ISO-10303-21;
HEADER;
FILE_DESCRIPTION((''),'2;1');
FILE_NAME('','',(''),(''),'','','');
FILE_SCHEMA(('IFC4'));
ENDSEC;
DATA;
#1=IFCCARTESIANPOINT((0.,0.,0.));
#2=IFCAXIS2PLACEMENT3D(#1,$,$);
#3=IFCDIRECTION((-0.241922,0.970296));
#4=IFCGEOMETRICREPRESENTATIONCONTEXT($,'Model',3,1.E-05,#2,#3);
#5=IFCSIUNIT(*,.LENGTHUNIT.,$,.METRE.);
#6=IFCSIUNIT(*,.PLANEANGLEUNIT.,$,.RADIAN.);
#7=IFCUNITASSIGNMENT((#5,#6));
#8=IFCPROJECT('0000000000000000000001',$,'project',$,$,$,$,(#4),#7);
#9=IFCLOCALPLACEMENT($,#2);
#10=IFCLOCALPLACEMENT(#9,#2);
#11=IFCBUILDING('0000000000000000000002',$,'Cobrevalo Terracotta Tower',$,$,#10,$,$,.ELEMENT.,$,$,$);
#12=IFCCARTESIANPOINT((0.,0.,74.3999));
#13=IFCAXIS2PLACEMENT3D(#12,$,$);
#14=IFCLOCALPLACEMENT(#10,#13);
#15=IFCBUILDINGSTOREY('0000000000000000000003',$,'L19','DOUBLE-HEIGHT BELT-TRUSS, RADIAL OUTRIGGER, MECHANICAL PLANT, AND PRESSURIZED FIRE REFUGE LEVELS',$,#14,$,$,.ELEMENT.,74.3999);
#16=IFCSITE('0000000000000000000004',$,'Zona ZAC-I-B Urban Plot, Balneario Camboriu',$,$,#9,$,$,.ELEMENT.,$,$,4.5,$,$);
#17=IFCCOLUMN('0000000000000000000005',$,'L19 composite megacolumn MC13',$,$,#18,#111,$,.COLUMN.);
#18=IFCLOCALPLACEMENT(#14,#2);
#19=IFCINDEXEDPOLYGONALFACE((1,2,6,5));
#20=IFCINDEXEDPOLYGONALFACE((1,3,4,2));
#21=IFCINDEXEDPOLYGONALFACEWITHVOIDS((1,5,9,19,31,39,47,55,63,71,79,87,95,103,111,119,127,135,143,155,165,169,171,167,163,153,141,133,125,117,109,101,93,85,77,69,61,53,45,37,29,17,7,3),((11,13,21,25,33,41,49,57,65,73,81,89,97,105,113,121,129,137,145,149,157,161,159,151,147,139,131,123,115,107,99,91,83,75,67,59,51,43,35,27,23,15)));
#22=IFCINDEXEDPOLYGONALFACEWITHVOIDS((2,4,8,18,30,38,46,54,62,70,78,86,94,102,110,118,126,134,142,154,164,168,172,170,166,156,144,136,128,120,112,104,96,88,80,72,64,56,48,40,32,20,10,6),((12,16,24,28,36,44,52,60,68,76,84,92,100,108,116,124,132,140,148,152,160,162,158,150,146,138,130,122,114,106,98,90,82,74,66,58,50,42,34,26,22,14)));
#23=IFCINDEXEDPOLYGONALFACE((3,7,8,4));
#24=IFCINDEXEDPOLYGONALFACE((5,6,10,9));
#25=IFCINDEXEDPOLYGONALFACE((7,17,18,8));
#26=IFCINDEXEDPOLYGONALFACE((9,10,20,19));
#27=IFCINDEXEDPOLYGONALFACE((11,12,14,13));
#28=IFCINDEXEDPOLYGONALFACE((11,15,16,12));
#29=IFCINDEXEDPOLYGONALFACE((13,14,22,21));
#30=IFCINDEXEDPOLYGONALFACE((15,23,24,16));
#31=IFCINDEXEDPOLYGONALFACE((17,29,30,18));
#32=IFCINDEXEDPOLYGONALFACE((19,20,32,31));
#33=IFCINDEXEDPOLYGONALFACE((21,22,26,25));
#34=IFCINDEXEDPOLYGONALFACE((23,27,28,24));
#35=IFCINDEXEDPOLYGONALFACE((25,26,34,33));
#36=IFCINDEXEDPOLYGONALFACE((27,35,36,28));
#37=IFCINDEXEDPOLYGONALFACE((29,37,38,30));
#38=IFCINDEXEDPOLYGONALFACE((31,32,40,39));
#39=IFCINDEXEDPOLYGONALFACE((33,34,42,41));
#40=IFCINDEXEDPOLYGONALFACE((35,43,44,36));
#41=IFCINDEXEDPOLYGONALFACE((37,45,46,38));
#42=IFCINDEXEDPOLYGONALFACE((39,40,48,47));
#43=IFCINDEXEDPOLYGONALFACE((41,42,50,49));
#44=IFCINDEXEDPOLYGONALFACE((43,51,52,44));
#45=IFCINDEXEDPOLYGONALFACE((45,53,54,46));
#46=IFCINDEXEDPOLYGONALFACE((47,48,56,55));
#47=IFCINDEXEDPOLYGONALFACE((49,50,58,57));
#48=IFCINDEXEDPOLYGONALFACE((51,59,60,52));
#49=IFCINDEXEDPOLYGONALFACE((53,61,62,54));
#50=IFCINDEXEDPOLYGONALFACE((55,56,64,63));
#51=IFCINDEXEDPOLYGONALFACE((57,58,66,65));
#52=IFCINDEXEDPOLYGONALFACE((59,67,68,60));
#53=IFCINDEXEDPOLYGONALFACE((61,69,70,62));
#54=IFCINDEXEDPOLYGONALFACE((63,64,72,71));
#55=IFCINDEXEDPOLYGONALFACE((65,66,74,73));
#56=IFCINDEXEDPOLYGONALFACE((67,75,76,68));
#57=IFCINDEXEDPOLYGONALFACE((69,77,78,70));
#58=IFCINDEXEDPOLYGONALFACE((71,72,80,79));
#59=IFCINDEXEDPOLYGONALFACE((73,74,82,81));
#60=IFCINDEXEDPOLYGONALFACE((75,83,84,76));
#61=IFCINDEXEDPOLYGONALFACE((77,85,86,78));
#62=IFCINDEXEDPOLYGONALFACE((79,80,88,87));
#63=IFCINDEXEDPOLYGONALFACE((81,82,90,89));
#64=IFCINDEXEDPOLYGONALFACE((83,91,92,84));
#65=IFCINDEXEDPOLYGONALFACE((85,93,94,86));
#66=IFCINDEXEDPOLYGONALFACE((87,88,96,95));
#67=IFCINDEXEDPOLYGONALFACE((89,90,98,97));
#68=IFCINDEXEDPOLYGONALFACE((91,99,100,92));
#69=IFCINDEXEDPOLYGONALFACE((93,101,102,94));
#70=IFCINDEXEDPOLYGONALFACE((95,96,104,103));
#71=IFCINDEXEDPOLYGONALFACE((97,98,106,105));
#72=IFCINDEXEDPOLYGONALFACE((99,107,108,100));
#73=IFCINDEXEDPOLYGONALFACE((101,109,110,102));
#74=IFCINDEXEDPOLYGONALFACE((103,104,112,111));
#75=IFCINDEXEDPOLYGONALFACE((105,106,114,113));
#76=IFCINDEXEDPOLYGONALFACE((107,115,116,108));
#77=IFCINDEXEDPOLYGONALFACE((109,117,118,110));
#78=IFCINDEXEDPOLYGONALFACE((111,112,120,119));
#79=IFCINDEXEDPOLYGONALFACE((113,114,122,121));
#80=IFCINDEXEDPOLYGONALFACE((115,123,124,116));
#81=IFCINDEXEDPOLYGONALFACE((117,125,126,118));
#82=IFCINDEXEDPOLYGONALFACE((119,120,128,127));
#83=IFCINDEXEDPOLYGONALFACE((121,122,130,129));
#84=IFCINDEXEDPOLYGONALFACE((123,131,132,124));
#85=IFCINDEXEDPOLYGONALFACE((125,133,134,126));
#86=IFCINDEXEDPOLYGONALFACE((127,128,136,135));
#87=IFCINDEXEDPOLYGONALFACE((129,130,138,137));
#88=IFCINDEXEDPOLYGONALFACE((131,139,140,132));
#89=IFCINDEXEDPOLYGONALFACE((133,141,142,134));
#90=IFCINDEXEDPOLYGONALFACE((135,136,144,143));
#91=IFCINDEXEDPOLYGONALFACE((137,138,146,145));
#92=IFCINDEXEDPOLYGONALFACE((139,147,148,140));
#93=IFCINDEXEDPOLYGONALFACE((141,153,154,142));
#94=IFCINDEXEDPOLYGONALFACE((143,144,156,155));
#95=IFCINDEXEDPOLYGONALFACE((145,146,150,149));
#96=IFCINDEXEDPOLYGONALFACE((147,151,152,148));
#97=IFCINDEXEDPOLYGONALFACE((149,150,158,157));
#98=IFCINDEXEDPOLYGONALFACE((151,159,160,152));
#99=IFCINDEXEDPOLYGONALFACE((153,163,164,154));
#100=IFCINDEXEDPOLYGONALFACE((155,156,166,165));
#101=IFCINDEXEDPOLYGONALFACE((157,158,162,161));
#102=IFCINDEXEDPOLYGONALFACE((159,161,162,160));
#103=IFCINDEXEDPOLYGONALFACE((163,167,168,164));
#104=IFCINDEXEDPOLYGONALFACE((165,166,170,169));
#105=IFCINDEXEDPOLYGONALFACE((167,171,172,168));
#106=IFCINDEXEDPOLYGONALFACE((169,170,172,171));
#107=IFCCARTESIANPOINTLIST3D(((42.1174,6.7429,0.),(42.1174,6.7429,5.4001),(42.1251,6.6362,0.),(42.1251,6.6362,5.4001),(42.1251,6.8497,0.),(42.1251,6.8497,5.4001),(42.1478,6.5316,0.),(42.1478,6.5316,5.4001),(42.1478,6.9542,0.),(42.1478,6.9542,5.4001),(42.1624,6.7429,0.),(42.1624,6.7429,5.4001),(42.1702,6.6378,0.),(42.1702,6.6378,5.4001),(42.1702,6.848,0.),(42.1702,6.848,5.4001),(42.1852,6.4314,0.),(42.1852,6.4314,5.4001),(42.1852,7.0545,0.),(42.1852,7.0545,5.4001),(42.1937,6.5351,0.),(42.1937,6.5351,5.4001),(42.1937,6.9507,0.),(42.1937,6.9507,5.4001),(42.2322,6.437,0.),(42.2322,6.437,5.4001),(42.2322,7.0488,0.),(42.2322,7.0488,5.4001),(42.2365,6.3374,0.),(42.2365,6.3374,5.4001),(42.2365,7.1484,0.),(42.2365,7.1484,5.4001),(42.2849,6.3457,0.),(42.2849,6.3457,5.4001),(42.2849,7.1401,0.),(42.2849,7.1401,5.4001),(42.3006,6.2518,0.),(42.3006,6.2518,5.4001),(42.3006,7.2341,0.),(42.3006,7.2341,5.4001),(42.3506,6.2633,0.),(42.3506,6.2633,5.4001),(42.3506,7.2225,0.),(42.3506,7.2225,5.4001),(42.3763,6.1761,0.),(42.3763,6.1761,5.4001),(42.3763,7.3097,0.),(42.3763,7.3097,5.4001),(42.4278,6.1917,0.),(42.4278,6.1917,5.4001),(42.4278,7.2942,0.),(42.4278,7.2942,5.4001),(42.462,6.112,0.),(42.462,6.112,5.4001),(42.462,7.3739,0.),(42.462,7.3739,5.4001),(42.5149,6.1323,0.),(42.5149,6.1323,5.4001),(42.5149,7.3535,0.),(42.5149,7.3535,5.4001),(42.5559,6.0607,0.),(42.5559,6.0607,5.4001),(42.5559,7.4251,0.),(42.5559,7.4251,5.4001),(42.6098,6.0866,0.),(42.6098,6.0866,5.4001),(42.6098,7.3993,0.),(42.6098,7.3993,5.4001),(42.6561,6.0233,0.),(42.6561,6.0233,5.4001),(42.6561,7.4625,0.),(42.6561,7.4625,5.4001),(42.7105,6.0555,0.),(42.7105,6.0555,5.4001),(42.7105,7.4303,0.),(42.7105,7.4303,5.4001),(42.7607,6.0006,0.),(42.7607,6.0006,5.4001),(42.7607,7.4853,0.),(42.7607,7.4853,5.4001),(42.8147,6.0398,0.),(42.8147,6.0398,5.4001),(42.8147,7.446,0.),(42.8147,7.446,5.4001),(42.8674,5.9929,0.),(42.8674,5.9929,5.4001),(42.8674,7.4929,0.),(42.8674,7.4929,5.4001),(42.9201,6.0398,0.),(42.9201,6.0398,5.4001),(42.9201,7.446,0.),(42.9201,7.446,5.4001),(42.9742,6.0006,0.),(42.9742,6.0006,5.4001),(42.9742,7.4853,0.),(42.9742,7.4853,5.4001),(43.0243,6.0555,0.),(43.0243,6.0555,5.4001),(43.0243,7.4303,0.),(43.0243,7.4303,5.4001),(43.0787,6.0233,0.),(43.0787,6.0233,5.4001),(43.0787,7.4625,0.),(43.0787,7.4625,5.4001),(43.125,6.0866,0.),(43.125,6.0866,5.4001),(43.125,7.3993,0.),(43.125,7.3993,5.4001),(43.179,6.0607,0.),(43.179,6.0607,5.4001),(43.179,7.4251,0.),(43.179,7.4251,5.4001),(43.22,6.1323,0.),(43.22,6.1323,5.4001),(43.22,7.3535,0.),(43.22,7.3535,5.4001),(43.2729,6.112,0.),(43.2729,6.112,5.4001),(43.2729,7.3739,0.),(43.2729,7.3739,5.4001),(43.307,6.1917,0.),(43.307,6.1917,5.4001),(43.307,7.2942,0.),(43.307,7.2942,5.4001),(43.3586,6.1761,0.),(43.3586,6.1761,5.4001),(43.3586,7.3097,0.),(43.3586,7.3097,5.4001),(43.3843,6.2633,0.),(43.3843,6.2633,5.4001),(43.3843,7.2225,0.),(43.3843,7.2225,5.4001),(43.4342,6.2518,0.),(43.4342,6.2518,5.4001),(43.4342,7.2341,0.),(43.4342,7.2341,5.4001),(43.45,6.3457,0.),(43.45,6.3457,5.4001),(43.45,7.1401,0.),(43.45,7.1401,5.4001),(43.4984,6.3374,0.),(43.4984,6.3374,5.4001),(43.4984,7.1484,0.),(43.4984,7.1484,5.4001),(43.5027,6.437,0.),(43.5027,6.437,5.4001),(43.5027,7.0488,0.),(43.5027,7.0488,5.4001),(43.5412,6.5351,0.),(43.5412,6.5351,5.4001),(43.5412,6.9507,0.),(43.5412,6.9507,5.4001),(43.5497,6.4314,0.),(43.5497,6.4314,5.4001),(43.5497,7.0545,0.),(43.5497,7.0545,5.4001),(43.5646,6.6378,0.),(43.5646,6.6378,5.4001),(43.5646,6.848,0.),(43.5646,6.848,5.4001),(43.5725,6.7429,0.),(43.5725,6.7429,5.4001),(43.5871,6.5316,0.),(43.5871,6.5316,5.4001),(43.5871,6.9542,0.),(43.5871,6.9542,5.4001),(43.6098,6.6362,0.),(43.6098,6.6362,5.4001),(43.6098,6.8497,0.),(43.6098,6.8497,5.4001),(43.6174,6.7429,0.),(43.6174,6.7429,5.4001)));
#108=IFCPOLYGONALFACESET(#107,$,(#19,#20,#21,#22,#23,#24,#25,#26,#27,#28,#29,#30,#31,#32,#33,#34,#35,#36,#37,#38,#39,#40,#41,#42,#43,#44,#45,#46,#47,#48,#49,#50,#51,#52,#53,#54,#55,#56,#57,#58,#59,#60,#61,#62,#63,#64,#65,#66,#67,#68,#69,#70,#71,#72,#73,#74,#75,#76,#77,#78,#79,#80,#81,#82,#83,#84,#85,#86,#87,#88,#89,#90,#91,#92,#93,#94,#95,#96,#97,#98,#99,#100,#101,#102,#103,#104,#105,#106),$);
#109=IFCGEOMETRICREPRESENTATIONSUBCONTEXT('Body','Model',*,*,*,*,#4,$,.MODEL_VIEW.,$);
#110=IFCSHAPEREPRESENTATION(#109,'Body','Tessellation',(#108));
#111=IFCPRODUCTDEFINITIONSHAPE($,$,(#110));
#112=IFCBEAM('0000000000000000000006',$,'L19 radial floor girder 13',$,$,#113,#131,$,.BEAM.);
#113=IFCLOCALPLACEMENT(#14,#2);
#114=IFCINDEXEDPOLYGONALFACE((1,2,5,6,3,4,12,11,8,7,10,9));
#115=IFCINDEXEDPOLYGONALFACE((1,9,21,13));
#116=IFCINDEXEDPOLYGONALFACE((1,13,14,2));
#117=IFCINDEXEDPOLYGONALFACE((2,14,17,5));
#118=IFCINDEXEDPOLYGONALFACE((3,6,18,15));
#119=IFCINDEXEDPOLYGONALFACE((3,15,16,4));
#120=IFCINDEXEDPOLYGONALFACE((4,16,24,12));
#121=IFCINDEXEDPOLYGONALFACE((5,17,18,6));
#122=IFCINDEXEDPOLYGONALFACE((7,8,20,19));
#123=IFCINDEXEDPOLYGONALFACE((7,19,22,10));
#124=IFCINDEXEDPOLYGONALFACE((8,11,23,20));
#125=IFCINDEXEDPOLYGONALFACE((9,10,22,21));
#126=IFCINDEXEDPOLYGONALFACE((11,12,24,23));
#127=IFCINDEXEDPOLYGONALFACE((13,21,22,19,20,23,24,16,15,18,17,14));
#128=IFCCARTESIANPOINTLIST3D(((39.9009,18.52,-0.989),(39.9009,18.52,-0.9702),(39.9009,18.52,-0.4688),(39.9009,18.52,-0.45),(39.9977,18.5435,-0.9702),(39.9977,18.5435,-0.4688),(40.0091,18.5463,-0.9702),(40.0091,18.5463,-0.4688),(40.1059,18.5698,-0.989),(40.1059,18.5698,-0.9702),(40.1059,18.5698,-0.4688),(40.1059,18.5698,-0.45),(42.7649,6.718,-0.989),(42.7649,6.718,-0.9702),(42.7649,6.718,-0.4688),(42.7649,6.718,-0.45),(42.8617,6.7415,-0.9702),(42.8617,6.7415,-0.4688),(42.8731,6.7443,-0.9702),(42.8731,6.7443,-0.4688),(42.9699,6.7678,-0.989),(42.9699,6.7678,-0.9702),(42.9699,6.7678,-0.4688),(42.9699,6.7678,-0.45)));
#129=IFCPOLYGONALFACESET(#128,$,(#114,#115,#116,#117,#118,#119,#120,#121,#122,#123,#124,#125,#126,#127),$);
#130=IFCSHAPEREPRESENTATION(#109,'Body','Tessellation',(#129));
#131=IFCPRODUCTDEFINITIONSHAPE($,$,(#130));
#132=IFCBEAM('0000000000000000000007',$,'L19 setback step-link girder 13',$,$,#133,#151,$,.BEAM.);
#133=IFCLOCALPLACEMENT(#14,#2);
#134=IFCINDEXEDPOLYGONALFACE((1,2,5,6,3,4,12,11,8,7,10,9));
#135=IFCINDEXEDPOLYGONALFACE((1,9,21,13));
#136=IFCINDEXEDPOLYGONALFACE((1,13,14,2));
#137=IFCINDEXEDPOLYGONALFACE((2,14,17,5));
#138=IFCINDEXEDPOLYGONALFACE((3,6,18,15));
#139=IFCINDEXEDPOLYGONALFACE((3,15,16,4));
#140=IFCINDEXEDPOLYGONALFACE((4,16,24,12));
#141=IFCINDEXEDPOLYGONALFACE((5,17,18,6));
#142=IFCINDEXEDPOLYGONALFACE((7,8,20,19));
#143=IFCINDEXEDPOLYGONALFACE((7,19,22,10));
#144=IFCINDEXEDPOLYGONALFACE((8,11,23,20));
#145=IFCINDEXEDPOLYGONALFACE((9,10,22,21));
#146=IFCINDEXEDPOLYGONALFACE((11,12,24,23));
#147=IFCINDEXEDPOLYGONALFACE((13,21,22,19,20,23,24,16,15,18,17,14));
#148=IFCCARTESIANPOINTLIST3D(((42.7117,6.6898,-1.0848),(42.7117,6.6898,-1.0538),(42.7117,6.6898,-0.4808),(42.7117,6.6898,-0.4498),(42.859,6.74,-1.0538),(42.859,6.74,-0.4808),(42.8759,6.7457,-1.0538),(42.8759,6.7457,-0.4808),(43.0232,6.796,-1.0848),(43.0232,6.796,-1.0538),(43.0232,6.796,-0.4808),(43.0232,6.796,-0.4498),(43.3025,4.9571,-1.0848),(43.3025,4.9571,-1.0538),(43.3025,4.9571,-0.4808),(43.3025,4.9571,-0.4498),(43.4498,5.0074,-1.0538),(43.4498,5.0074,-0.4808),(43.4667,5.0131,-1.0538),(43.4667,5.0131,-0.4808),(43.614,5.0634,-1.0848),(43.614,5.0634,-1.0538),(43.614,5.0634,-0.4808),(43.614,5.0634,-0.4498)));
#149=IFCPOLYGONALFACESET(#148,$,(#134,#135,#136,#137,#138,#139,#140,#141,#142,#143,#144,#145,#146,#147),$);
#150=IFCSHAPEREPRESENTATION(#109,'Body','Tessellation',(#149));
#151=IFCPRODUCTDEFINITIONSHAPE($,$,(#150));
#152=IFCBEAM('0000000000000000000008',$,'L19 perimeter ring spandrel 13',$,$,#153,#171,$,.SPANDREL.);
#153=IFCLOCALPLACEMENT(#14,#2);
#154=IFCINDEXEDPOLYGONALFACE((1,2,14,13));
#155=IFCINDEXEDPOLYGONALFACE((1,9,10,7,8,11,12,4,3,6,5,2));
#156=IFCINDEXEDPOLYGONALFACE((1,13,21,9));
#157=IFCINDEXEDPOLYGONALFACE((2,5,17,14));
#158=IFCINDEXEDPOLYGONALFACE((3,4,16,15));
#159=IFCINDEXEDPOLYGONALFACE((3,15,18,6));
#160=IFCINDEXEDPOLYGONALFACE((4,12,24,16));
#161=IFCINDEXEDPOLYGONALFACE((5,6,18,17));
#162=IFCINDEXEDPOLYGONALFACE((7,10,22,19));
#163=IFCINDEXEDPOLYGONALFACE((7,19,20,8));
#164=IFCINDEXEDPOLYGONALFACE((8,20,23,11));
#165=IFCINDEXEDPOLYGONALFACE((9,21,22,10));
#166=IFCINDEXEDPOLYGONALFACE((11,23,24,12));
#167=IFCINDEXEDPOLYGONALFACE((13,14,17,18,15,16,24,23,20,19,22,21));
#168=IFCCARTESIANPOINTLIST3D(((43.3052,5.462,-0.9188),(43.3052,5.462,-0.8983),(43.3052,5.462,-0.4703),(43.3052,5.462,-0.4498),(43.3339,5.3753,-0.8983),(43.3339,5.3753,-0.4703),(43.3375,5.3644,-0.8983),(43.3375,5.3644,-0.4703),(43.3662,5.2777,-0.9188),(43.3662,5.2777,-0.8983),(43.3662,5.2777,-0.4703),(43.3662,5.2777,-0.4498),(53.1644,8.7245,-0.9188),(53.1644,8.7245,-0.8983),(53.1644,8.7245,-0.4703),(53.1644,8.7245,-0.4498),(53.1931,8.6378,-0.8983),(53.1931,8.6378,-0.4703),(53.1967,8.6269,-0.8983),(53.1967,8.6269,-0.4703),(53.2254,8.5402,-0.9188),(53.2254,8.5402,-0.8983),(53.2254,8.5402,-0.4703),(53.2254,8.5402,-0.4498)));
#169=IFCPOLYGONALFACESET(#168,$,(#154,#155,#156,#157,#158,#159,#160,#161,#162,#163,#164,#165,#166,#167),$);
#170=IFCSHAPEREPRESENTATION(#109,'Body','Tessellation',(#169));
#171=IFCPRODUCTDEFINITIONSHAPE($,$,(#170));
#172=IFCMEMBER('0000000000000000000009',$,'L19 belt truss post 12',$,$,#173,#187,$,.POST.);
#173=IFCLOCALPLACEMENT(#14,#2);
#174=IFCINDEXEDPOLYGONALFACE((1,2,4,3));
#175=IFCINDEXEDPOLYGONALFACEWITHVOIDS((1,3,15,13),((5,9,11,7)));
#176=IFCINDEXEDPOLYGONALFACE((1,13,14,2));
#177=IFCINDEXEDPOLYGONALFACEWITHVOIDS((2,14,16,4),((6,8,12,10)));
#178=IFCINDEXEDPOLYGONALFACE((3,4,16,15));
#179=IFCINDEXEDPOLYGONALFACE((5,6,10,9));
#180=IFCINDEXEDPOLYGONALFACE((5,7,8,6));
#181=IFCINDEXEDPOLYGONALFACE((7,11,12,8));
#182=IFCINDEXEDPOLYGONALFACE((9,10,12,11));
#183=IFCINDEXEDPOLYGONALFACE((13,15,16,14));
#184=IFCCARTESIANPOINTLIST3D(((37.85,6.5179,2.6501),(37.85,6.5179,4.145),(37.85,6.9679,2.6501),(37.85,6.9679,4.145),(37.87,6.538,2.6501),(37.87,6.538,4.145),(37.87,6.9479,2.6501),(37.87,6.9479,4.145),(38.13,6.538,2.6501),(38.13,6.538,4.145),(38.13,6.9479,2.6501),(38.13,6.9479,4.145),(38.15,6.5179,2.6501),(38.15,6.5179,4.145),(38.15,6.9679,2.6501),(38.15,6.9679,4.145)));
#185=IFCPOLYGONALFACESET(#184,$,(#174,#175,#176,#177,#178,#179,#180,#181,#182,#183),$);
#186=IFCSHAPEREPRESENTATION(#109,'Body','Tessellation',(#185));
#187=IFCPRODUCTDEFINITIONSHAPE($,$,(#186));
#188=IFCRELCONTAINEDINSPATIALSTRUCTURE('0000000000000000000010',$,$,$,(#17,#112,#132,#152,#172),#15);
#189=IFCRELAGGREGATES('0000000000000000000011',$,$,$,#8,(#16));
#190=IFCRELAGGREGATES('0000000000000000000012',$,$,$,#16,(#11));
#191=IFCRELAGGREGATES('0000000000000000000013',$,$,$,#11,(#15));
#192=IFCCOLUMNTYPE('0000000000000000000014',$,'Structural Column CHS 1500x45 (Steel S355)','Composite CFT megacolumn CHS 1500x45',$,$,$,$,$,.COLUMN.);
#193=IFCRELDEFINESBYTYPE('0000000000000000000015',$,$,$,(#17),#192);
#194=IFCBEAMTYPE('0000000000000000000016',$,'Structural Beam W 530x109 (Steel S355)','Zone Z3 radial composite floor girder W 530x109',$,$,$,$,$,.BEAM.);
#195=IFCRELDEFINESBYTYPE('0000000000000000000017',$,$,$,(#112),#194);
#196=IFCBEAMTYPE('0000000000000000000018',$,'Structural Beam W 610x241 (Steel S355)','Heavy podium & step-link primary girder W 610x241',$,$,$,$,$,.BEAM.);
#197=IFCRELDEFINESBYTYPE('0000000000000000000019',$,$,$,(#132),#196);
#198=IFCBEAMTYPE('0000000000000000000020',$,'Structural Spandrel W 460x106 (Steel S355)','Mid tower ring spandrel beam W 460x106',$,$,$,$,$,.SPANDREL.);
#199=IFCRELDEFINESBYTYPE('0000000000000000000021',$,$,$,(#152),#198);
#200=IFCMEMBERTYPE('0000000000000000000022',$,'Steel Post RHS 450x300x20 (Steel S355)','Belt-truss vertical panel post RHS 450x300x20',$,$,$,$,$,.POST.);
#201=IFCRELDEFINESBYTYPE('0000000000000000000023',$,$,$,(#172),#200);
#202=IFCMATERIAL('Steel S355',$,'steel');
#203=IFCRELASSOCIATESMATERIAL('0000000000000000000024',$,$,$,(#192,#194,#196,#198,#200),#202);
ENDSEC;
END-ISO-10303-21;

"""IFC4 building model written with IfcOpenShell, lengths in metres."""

from ifc_helpers import new_model, si_unit, direction, frame, origin, origin_2d, place, context, subcontext, project, spatial, hollow_rectangle, hollow_circle, i_section, extrude, source, transform, mapped, material, material_profile, profile_set, type_object, element, save


model = new_model("IFC4")

# Units and contexts
model_context = context("Model", 3, precision=1e-05, world=origin(), true_north=direction((-0.241922, 0.970296)))
body_context = subcontext(model_context, "Body", "Model", "MODEL_VIEW")
ifc_project = project(units=[si_unit("LENGTHUNIT", "METRE"), si_unit("PLANEANGLEUNIT", "RADIAN")], contexts=[model_context])

# Site, building, storey
site_placement = place(None, origin())
site = spatial("IfcSite", under=ifc_project, at=site_placement, Name="Zona ZAC-I-B Urban Plot, Balneario Camboriu", CompositionType="ELEMENT", RefElevation=4.5)
building_placement = place(site_placement, origin())
building = spatial("IfcBuilding", under=site, at=building_placement, Name="Cobrevalo Terracotta Tower", CompositionType="ELEMENT")
storey_placement = place(building_placement, frame((0.0, 0.0, 74.3999)))
storey = spatial("IfcBuildingStorey", under=building, at=storey_placement, Name="L19", Description="DOUBLE-HEIGHT BELT-TRUSS, RADIAL OUTRIGGER, MECHANICAL PLANT, AND PRESSURIZED FIRE REFUGE LEVELS", CompositionType="ELEMENT", Elevation=74.3999)

# Column
ifc_material_1 = material(Name="Steel S355", Category="steel")
ifc_material_profile_1 = material_profile(ifc_material_1, hollow_circle(Radius=0.75, WallThickness=0.0449, at=origin_2d()), Name="CHS 1500x45")
ifc_profile_set_1 = profile_set([ifc_material_profile_1], Name="Steel S355")
column_type = type_object("IfcColumnType", Name="Structural Column CHS 1500x45 (Steel S355)", Description="Composite CFT megacolumn CHS 1500x45", PredefinedType="COLUMN", material=ifc_profile_set_1)
column_placement = place(storey_placement, frame((42.8674, 6.7429, 0.0), z_axis=(0.0, 0.0, 1.0), x_axis=(1.0, 0.0, 0.0)))
element("IfcColumn", 1, at=column_placement, inside=storey, type_object=column_type, Name="L19 composite megacolumn MC13", PredefinedType="COLUMN", context=body_context, shape_type="SweptSolid", body=[
    extrude(hollow_circle(Radius=0.75, WallThickness=0.0449, at=origin_2d()), origin(), (0.0, 0.0, 1.0), 5.4001),
])

# Beams
ifc_material_profile_2 = material_profile(ifc_material_1, i_section(OverallWidth=0.2109, OverallDepth=0.5391, WebThickness=0.0117, FlangeThickness=0.0188, at=origin_2d()), Name="W 530x109")
ifc_profile_set_2 = profile_set([ifc_material_profile_2], Name="Steel S355")
beam_type_1 = type_object("IfcBeamType", Name="Structural Beam W 530x109 (Steel S355)", Description="Zone Z3 radial composite floor girder W 530x109", PredefinedType="BEAM", material=ifc_profile_set_2)
beam_1_placement = place(storey_placement, frame((42.8674, 6.7429, -0.7195), z_axis=(-0.235827, 0.971795, 0.0), x_axis=(-0.971795, -0.235827, 0.0)))
element("IfcBeam", 2, at=beam_1_placement, inside=storey, type_object=beam_type_1, Name="L19 radial floor girder 13", PredefinedType="BEAM", context=body_context, shape_type="SweptSolid", body=[
    extrude(i_section(OverallWidth=0.2109, OverallDepth=0.5391, WebThickness=0.0117, FlangeThickness=0.0188, at=origin_2d()), origin(), (0.0, 0.0, 1.0), 12.1445),
])
ifc_material_profile_3 = material_profile(ifc_material_1, i_section(OverallWidth=0.3291, OverallDepth=0.635, WebThickness=0.0178, FlangeThickness=0.031, at=origin_2d()), Name="W 610x241")
ifc_profile_set_3 = profile_set([ifc_material_profile_3], Name="Steel S355")
beam_type_2 = type_object("IfcBeamType", Name="Structural Beam W 610x241 (Steel S355)", Description="Heavy podium & step-link primary girder W 610x241", PredefinedType="BEAM", material=ifc_profile_set_3)
beam_2_placement = place(storey_placement, frame((43.4583, 5.0103, -0.7673), z_axis=(-0.322742, 0.946487, 0.0), x_axis=(-0.946487, -0.322742, 0.0)))
element("IfcBeam", 3, at=beam_2_placement, inside=storey, type_object=beam_type_2, Name="L19 setback step-link girder 13", PredefinedType="BEAM", context=body_context, shape_type="SweptSolid", body=[
    extrude(i_section(OverallWidth=0.3291, OverallDepth=0.635, WebThickness=0.0178, FlangeThickness=0.031, at=origin_2d()), origin(), (0.0, 0.0, 1.0), 1.8306),
])
ifc_material_profile_4 = material_profile(ifc_material_1, i_section(OverallWidth=0.1941, OverallDepth=0.469, WebThickness=0.0115, FlangeThickness=0.0205, at=origin_2d()), Name="W 460x106")
ifc_profile_set_4 = profile_set([ifc_material_profile_4], Name="Steel S355")
beam_type_3 = type_object("IfcBeamType", Name="Structural Spandrel W 460x106 (Steel S355)", Description="Mid tower ring spandrel beam W 460x106", PredefinedType="SPANDREL", material=ifc_profile_set_4)
beam_3_placement = place(storey_placement, frame((43.3357, 5.3699, -0.6843), z_axis=(0.949372, 0.314153, 0.0), x_axis=(-0.314153, 0.949372, 0.0)))
element("IfcBeam", 4, at=beam_3_placement, inside=storey, type_object=beam_type_3, Name="L19 perimeter ring spandrel 13", PredefinedType="SPANDREL", context=body_context, shape_type="SweptSolid", body=[
    extrude(i_section(OverallWidth=0.1941, OverallDepth=0.469, WebThickness=0.0115, FlangeThickness=0.0205, at=origin_2d()), origin(), (0.0, 0.0, 1.0), 10.385),
])

# Member
ifc_material_profile_5 = material_profile(ifc_material_1, hollow_rectangle(XDim=0.3, YDim=0.45, WallThickness=0.02, at=origin_2d()), Name="RHS 450x300x20")
ifc_profile_set_5 = profile_set([ifc_material_profile_5], Name="Steel S355")
member_type_1 = type_object("IfcMemberType", Name="Steel Post RHS 450x300x20 (Steel S355)", Description="Belt-truss vertical panel post RHS 450x300x20", PredefinedType="POST", material=ifc_profile_set_5)
shared_shape_1 = source(origin(), body_context, "Body", "SweptSolid", [
    extrude(hollow_rectangle(XDim=0.3, YDim=0.45, WallThickness=0.02, at=origin_2d()), origin(), (0.0, 0.0, 1.0), 1.4949),
])
member_1_placement = place(storey_placement, frame((38.0, 6.7429, 2.6501), z_axis=(0.0, 0.0, 1.0), x_axis=(1.0, 0.0, 0.0)))
element("IfcMember", 5, at=member_1_placement, inside=storey, type_object=member_type_1, Name="L19 belt truss post 12", PredefinedType="POST", context=body_context, shape_type="MappedRepresentation", body=[
    mapped(shared_shape_1, transform((0.0, 0.0, 0.0), scale=1.0)),
])

save(model, "model.ifc")
